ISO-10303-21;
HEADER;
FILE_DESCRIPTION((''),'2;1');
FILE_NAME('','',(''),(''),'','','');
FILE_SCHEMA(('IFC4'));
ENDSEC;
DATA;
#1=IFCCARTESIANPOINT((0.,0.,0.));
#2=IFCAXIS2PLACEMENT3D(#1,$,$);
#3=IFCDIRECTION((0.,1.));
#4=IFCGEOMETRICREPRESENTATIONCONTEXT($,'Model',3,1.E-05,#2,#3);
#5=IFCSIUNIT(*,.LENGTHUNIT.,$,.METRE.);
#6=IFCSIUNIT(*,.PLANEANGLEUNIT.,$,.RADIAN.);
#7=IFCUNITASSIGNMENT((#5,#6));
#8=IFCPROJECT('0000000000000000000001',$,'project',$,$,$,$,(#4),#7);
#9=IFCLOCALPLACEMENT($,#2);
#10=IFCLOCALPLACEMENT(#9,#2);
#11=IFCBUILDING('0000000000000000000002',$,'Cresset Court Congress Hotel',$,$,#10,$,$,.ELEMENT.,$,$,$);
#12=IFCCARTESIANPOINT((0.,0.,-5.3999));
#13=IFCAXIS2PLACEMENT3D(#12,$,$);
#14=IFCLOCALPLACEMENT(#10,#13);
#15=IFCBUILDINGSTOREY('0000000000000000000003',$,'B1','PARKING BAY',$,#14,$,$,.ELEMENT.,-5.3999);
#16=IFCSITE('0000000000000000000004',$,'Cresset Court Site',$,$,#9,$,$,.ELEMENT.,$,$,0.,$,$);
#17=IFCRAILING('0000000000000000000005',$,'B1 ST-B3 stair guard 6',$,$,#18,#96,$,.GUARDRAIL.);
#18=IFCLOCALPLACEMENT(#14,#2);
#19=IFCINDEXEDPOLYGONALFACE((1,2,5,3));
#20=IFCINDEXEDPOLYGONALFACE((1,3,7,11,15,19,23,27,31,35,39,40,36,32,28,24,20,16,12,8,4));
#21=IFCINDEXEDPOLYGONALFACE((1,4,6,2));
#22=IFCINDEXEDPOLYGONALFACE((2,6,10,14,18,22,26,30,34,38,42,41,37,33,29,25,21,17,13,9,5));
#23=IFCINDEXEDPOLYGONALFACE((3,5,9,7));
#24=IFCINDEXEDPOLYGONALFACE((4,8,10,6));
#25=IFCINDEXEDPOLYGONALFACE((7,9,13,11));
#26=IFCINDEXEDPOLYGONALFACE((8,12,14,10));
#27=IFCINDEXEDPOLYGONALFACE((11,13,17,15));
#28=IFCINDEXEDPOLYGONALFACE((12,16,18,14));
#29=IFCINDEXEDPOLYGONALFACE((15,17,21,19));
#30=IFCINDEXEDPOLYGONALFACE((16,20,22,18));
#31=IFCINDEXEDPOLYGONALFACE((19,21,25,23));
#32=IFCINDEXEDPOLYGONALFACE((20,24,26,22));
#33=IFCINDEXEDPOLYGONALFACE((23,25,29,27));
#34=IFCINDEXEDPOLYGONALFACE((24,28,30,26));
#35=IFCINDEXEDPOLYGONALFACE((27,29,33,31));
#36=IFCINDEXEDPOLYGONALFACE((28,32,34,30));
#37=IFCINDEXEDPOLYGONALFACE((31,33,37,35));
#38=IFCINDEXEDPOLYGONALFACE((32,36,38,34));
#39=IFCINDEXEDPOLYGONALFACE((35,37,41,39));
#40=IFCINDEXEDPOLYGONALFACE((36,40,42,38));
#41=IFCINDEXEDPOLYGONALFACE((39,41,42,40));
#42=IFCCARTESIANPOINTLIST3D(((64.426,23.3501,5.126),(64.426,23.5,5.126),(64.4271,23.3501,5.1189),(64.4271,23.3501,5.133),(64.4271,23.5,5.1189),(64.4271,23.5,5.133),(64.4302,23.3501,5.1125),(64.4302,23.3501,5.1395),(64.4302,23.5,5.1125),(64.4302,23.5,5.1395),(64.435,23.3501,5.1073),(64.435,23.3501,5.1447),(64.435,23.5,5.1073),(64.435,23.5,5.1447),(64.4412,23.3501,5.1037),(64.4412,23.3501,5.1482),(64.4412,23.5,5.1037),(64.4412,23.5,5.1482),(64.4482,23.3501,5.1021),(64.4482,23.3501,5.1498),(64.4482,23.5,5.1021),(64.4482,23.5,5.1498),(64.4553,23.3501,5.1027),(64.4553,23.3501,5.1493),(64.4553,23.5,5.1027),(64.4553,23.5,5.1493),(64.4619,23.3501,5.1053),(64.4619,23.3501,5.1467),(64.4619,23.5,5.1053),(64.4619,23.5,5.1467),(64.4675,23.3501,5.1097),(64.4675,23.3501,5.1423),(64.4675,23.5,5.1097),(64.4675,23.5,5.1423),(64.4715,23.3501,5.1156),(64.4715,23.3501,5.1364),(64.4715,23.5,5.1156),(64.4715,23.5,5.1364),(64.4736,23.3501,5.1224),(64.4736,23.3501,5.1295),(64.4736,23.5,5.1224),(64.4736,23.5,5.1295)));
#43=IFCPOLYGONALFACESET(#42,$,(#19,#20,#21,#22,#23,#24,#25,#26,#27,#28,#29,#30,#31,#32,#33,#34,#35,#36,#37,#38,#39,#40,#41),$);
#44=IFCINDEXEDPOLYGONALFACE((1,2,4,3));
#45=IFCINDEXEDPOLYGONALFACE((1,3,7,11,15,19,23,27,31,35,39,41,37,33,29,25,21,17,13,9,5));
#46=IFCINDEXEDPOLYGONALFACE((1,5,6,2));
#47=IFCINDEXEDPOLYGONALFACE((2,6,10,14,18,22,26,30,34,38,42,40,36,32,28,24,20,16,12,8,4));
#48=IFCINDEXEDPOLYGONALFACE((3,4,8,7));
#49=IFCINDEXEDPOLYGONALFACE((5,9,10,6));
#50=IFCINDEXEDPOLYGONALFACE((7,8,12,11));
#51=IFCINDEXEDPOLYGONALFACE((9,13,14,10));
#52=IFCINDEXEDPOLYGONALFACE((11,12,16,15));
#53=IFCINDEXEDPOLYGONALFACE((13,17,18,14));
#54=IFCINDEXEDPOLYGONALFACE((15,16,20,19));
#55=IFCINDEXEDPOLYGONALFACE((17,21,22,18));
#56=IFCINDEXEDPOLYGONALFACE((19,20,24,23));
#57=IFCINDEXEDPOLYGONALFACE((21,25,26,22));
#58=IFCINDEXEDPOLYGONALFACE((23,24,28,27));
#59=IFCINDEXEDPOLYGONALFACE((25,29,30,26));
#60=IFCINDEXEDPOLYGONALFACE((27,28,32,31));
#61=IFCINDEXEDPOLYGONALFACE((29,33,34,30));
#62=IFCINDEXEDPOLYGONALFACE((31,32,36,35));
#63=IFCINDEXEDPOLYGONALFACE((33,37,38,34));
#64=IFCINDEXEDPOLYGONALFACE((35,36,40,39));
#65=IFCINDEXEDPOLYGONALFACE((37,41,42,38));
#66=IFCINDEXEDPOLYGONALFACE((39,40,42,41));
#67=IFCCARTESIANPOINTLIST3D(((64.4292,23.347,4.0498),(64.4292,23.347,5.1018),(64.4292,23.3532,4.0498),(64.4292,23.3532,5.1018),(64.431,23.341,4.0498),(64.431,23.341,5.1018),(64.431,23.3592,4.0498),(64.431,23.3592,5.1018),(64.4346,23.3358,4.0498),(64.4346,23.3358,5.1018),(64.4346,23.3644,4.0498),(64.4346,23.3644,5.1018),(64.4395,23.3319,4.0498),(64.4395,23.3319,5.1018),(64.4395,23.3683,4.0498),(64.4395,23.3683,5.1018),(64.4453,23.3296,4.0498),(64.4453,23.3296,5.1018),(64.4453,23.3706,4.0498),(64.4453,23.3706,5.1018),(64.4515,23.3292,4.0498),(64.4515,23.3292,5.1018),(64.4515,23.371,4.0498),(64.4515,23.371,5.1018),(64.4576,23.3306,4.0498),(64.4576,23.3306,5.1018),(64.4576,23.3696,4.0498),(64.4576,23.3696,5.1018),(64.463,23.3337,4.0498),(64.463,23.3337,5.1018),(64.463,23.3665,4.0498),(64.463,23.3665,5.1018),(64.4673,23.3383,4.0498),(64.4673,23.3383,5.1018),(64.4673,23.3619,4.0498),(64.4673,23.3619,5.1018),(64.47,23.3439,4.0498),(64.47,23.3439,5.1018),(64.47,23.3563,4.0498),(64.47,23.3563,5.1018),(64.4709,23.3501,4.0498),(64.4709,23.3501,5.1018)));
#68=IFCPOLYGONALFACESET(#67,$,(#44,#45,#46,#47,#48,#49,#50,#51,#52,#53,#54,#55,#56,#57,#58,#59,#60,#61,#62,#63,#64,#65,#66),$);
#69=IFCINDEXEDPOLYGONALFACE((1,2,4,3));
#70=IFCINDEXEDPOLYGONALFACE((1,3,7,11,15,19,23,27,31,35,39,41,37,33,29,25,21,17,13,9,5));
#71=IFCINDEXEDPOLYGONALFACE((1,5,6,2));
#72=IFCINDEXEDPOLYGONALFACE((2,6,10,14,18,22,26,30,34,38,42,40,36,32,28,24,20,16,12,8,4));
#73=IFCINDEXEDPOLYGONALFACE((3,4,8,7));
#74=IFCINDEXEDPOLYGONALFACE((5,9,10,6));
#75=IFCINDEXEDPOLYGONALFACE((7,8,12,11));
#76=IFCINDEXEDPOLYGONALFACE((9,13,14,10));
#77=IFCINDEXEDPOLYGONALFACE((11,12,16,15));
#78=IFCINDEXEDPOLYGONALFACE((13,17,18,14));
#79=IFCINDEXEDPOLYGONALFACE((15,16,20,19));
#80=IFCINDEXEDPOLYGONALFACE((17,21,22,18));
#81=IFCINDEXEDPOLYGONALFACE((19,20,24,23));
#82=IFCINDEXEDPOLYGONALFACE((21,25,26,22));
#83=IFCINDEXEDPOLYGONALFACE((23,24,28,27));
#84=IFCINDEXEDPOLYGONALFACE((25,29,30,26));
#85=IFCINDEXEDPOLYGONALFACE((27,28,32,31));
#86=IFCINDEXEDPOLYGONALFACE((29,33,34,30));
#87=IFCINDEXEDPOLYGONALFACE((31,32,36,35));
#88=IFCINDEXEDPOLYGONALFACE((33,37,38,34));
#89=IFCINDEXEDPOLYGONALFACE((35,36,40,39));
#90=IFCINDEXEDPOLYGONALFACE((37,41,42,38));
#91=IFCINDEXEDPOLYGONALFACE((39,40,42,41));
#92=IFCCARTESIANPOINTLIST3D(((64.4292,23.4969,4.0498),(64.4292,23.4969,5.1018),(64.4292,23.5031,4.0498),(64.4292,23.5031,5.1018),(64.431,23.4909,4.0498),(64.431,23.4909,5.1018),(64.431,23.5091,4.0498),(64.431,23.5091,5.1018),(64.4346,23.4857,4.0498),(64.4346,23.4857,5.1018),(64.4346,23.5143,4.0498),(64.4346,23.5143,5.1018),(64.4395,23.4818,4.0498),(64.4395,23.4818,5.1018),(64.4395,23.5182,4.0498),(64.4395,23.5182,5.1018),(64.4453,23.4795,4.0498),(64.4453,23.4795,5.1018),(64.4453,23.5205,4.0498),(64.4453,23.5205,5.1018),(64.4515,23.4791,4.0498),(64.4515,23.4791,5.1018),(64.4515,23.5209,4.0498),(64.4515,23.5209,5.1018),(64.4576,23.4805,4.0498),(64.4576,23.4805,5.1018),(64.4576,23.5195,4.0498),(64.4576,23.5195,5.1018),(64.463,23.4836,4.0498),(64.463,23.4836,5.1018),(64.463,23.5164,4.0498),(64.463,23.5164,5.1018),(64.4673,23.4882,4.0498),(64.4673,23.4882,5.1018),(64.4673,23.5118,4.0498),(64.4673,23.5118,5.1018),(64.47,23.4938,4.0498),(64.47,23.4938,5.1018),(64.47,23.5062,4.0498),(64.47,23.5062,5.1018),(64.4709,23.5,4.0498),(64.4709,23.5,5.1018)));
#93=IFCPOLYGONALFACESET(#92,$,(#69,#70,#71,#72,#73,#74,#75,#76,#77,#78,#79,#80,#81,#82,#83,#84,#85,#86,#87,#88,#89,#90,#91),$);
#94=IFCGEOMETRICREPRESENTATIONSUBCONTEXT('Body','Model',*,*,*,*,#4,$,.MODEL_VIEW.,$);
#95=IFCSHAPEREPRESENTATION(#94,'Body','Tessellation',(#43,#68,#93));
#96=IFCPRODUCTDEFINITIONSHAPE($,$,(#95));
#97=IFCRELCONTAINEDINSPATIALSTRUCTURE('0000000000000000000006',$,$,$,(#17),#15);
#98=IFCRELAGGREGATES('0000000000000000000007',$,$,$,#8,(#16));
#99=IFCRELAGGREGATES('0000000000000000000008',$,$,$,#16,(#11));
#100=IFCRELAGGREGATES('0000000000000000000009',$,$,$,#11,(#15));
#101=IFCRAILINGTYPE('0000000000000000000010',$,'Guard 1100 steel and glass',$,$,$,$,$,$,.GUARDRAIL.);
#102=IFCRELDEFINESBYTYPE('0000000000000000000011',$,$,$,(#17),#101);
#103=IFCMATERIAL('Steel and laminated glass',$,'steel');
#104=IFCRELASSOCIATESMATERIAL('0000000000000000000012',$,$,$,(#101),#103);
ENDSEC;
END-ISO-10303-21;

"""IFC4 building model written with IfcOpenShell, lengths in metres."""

from ifc_helpers import new_model, si_unit, direction, frame, origin, origin_2d, place, context, subcontext, project, spatial, circle, extrude, material, type_object, element, save


model = new_model("IFC4")

# Units and contexts
model_context = context("Model", 3, precision=1e-05, world=origin(), true_north=direction((0.0, 1.0)))
body_context = subcontext(model_context, "Body", "Model", "MODEL_VIEW")
ifc_project = project(units=[si_unit("LENGTHUNIT", "METRE"), si_unit("PLANEANGLEUNIT", "RADIAN")], contexts=[model_context])

# Site, building, storey
site_placement = place(None, origin())
site = spatial("IfcSite", under=ifc_project, at=site_placement, Name="Cresset Court Site", CompositionType="ELEMENT", RefElevation=0.0)
building_placement = place(site_placement, origin())
building = spatial("IfcBuilding", under=site, at=building_placement, Name="Cresset Court Congress Hotel", CompositionType="ELEMENT")
storey_placement = place(building_placement, frame((0.0, 0.0, -5.3999)))
storey = spatial("IfcBuildingStorey", under=building, at=storey_placement, Name="B1", Description="PARKING BAY", CompositionType="ELEMENT", Elevation=-5.3999)

# Railing
ifc_material_1 = material(Name="Steel and laminated glass", Category="steel")
railing_type_1 = type_object("IfcRailingType", Name="Guard 1100 steel and glass", PredefinedType="GUARDRAIL", material=ifc_material_1)
railing_1_placement = place(storey_placement, frame((64.45, 23.3501, 4.0498)))
element("IfcRailing", 1, at=railing_1_placement, inside=storey, type_object=railing_type_1, Name="B1 ST-B3 stair guard 6", PredefinedType="GUARDRAIL", context=body_context, shape_type="SweptSolid", body=[
    extrude(circle(Radius=0.0239, at=origin_2d()), frame((0.0, 0.0, 1.0762), z_axis=(0.0, 1.0, 0.0), x_axis=(-1.0, 0.0, 0.0)), (0.0, 0.0, 1.0), 0.1499),
    extrude(circle(Radius=0.021, at=origin_2d()), origin(), (0.0, 0.0, 1.0), 1.052),
    extrude(circle(Radius=0.021, at=origin_2d()), frame((0.0, 0.1499, 0.0)), (0.0, 0.0, 1.0), 1.052),
])

save(model, "model.ifc")
